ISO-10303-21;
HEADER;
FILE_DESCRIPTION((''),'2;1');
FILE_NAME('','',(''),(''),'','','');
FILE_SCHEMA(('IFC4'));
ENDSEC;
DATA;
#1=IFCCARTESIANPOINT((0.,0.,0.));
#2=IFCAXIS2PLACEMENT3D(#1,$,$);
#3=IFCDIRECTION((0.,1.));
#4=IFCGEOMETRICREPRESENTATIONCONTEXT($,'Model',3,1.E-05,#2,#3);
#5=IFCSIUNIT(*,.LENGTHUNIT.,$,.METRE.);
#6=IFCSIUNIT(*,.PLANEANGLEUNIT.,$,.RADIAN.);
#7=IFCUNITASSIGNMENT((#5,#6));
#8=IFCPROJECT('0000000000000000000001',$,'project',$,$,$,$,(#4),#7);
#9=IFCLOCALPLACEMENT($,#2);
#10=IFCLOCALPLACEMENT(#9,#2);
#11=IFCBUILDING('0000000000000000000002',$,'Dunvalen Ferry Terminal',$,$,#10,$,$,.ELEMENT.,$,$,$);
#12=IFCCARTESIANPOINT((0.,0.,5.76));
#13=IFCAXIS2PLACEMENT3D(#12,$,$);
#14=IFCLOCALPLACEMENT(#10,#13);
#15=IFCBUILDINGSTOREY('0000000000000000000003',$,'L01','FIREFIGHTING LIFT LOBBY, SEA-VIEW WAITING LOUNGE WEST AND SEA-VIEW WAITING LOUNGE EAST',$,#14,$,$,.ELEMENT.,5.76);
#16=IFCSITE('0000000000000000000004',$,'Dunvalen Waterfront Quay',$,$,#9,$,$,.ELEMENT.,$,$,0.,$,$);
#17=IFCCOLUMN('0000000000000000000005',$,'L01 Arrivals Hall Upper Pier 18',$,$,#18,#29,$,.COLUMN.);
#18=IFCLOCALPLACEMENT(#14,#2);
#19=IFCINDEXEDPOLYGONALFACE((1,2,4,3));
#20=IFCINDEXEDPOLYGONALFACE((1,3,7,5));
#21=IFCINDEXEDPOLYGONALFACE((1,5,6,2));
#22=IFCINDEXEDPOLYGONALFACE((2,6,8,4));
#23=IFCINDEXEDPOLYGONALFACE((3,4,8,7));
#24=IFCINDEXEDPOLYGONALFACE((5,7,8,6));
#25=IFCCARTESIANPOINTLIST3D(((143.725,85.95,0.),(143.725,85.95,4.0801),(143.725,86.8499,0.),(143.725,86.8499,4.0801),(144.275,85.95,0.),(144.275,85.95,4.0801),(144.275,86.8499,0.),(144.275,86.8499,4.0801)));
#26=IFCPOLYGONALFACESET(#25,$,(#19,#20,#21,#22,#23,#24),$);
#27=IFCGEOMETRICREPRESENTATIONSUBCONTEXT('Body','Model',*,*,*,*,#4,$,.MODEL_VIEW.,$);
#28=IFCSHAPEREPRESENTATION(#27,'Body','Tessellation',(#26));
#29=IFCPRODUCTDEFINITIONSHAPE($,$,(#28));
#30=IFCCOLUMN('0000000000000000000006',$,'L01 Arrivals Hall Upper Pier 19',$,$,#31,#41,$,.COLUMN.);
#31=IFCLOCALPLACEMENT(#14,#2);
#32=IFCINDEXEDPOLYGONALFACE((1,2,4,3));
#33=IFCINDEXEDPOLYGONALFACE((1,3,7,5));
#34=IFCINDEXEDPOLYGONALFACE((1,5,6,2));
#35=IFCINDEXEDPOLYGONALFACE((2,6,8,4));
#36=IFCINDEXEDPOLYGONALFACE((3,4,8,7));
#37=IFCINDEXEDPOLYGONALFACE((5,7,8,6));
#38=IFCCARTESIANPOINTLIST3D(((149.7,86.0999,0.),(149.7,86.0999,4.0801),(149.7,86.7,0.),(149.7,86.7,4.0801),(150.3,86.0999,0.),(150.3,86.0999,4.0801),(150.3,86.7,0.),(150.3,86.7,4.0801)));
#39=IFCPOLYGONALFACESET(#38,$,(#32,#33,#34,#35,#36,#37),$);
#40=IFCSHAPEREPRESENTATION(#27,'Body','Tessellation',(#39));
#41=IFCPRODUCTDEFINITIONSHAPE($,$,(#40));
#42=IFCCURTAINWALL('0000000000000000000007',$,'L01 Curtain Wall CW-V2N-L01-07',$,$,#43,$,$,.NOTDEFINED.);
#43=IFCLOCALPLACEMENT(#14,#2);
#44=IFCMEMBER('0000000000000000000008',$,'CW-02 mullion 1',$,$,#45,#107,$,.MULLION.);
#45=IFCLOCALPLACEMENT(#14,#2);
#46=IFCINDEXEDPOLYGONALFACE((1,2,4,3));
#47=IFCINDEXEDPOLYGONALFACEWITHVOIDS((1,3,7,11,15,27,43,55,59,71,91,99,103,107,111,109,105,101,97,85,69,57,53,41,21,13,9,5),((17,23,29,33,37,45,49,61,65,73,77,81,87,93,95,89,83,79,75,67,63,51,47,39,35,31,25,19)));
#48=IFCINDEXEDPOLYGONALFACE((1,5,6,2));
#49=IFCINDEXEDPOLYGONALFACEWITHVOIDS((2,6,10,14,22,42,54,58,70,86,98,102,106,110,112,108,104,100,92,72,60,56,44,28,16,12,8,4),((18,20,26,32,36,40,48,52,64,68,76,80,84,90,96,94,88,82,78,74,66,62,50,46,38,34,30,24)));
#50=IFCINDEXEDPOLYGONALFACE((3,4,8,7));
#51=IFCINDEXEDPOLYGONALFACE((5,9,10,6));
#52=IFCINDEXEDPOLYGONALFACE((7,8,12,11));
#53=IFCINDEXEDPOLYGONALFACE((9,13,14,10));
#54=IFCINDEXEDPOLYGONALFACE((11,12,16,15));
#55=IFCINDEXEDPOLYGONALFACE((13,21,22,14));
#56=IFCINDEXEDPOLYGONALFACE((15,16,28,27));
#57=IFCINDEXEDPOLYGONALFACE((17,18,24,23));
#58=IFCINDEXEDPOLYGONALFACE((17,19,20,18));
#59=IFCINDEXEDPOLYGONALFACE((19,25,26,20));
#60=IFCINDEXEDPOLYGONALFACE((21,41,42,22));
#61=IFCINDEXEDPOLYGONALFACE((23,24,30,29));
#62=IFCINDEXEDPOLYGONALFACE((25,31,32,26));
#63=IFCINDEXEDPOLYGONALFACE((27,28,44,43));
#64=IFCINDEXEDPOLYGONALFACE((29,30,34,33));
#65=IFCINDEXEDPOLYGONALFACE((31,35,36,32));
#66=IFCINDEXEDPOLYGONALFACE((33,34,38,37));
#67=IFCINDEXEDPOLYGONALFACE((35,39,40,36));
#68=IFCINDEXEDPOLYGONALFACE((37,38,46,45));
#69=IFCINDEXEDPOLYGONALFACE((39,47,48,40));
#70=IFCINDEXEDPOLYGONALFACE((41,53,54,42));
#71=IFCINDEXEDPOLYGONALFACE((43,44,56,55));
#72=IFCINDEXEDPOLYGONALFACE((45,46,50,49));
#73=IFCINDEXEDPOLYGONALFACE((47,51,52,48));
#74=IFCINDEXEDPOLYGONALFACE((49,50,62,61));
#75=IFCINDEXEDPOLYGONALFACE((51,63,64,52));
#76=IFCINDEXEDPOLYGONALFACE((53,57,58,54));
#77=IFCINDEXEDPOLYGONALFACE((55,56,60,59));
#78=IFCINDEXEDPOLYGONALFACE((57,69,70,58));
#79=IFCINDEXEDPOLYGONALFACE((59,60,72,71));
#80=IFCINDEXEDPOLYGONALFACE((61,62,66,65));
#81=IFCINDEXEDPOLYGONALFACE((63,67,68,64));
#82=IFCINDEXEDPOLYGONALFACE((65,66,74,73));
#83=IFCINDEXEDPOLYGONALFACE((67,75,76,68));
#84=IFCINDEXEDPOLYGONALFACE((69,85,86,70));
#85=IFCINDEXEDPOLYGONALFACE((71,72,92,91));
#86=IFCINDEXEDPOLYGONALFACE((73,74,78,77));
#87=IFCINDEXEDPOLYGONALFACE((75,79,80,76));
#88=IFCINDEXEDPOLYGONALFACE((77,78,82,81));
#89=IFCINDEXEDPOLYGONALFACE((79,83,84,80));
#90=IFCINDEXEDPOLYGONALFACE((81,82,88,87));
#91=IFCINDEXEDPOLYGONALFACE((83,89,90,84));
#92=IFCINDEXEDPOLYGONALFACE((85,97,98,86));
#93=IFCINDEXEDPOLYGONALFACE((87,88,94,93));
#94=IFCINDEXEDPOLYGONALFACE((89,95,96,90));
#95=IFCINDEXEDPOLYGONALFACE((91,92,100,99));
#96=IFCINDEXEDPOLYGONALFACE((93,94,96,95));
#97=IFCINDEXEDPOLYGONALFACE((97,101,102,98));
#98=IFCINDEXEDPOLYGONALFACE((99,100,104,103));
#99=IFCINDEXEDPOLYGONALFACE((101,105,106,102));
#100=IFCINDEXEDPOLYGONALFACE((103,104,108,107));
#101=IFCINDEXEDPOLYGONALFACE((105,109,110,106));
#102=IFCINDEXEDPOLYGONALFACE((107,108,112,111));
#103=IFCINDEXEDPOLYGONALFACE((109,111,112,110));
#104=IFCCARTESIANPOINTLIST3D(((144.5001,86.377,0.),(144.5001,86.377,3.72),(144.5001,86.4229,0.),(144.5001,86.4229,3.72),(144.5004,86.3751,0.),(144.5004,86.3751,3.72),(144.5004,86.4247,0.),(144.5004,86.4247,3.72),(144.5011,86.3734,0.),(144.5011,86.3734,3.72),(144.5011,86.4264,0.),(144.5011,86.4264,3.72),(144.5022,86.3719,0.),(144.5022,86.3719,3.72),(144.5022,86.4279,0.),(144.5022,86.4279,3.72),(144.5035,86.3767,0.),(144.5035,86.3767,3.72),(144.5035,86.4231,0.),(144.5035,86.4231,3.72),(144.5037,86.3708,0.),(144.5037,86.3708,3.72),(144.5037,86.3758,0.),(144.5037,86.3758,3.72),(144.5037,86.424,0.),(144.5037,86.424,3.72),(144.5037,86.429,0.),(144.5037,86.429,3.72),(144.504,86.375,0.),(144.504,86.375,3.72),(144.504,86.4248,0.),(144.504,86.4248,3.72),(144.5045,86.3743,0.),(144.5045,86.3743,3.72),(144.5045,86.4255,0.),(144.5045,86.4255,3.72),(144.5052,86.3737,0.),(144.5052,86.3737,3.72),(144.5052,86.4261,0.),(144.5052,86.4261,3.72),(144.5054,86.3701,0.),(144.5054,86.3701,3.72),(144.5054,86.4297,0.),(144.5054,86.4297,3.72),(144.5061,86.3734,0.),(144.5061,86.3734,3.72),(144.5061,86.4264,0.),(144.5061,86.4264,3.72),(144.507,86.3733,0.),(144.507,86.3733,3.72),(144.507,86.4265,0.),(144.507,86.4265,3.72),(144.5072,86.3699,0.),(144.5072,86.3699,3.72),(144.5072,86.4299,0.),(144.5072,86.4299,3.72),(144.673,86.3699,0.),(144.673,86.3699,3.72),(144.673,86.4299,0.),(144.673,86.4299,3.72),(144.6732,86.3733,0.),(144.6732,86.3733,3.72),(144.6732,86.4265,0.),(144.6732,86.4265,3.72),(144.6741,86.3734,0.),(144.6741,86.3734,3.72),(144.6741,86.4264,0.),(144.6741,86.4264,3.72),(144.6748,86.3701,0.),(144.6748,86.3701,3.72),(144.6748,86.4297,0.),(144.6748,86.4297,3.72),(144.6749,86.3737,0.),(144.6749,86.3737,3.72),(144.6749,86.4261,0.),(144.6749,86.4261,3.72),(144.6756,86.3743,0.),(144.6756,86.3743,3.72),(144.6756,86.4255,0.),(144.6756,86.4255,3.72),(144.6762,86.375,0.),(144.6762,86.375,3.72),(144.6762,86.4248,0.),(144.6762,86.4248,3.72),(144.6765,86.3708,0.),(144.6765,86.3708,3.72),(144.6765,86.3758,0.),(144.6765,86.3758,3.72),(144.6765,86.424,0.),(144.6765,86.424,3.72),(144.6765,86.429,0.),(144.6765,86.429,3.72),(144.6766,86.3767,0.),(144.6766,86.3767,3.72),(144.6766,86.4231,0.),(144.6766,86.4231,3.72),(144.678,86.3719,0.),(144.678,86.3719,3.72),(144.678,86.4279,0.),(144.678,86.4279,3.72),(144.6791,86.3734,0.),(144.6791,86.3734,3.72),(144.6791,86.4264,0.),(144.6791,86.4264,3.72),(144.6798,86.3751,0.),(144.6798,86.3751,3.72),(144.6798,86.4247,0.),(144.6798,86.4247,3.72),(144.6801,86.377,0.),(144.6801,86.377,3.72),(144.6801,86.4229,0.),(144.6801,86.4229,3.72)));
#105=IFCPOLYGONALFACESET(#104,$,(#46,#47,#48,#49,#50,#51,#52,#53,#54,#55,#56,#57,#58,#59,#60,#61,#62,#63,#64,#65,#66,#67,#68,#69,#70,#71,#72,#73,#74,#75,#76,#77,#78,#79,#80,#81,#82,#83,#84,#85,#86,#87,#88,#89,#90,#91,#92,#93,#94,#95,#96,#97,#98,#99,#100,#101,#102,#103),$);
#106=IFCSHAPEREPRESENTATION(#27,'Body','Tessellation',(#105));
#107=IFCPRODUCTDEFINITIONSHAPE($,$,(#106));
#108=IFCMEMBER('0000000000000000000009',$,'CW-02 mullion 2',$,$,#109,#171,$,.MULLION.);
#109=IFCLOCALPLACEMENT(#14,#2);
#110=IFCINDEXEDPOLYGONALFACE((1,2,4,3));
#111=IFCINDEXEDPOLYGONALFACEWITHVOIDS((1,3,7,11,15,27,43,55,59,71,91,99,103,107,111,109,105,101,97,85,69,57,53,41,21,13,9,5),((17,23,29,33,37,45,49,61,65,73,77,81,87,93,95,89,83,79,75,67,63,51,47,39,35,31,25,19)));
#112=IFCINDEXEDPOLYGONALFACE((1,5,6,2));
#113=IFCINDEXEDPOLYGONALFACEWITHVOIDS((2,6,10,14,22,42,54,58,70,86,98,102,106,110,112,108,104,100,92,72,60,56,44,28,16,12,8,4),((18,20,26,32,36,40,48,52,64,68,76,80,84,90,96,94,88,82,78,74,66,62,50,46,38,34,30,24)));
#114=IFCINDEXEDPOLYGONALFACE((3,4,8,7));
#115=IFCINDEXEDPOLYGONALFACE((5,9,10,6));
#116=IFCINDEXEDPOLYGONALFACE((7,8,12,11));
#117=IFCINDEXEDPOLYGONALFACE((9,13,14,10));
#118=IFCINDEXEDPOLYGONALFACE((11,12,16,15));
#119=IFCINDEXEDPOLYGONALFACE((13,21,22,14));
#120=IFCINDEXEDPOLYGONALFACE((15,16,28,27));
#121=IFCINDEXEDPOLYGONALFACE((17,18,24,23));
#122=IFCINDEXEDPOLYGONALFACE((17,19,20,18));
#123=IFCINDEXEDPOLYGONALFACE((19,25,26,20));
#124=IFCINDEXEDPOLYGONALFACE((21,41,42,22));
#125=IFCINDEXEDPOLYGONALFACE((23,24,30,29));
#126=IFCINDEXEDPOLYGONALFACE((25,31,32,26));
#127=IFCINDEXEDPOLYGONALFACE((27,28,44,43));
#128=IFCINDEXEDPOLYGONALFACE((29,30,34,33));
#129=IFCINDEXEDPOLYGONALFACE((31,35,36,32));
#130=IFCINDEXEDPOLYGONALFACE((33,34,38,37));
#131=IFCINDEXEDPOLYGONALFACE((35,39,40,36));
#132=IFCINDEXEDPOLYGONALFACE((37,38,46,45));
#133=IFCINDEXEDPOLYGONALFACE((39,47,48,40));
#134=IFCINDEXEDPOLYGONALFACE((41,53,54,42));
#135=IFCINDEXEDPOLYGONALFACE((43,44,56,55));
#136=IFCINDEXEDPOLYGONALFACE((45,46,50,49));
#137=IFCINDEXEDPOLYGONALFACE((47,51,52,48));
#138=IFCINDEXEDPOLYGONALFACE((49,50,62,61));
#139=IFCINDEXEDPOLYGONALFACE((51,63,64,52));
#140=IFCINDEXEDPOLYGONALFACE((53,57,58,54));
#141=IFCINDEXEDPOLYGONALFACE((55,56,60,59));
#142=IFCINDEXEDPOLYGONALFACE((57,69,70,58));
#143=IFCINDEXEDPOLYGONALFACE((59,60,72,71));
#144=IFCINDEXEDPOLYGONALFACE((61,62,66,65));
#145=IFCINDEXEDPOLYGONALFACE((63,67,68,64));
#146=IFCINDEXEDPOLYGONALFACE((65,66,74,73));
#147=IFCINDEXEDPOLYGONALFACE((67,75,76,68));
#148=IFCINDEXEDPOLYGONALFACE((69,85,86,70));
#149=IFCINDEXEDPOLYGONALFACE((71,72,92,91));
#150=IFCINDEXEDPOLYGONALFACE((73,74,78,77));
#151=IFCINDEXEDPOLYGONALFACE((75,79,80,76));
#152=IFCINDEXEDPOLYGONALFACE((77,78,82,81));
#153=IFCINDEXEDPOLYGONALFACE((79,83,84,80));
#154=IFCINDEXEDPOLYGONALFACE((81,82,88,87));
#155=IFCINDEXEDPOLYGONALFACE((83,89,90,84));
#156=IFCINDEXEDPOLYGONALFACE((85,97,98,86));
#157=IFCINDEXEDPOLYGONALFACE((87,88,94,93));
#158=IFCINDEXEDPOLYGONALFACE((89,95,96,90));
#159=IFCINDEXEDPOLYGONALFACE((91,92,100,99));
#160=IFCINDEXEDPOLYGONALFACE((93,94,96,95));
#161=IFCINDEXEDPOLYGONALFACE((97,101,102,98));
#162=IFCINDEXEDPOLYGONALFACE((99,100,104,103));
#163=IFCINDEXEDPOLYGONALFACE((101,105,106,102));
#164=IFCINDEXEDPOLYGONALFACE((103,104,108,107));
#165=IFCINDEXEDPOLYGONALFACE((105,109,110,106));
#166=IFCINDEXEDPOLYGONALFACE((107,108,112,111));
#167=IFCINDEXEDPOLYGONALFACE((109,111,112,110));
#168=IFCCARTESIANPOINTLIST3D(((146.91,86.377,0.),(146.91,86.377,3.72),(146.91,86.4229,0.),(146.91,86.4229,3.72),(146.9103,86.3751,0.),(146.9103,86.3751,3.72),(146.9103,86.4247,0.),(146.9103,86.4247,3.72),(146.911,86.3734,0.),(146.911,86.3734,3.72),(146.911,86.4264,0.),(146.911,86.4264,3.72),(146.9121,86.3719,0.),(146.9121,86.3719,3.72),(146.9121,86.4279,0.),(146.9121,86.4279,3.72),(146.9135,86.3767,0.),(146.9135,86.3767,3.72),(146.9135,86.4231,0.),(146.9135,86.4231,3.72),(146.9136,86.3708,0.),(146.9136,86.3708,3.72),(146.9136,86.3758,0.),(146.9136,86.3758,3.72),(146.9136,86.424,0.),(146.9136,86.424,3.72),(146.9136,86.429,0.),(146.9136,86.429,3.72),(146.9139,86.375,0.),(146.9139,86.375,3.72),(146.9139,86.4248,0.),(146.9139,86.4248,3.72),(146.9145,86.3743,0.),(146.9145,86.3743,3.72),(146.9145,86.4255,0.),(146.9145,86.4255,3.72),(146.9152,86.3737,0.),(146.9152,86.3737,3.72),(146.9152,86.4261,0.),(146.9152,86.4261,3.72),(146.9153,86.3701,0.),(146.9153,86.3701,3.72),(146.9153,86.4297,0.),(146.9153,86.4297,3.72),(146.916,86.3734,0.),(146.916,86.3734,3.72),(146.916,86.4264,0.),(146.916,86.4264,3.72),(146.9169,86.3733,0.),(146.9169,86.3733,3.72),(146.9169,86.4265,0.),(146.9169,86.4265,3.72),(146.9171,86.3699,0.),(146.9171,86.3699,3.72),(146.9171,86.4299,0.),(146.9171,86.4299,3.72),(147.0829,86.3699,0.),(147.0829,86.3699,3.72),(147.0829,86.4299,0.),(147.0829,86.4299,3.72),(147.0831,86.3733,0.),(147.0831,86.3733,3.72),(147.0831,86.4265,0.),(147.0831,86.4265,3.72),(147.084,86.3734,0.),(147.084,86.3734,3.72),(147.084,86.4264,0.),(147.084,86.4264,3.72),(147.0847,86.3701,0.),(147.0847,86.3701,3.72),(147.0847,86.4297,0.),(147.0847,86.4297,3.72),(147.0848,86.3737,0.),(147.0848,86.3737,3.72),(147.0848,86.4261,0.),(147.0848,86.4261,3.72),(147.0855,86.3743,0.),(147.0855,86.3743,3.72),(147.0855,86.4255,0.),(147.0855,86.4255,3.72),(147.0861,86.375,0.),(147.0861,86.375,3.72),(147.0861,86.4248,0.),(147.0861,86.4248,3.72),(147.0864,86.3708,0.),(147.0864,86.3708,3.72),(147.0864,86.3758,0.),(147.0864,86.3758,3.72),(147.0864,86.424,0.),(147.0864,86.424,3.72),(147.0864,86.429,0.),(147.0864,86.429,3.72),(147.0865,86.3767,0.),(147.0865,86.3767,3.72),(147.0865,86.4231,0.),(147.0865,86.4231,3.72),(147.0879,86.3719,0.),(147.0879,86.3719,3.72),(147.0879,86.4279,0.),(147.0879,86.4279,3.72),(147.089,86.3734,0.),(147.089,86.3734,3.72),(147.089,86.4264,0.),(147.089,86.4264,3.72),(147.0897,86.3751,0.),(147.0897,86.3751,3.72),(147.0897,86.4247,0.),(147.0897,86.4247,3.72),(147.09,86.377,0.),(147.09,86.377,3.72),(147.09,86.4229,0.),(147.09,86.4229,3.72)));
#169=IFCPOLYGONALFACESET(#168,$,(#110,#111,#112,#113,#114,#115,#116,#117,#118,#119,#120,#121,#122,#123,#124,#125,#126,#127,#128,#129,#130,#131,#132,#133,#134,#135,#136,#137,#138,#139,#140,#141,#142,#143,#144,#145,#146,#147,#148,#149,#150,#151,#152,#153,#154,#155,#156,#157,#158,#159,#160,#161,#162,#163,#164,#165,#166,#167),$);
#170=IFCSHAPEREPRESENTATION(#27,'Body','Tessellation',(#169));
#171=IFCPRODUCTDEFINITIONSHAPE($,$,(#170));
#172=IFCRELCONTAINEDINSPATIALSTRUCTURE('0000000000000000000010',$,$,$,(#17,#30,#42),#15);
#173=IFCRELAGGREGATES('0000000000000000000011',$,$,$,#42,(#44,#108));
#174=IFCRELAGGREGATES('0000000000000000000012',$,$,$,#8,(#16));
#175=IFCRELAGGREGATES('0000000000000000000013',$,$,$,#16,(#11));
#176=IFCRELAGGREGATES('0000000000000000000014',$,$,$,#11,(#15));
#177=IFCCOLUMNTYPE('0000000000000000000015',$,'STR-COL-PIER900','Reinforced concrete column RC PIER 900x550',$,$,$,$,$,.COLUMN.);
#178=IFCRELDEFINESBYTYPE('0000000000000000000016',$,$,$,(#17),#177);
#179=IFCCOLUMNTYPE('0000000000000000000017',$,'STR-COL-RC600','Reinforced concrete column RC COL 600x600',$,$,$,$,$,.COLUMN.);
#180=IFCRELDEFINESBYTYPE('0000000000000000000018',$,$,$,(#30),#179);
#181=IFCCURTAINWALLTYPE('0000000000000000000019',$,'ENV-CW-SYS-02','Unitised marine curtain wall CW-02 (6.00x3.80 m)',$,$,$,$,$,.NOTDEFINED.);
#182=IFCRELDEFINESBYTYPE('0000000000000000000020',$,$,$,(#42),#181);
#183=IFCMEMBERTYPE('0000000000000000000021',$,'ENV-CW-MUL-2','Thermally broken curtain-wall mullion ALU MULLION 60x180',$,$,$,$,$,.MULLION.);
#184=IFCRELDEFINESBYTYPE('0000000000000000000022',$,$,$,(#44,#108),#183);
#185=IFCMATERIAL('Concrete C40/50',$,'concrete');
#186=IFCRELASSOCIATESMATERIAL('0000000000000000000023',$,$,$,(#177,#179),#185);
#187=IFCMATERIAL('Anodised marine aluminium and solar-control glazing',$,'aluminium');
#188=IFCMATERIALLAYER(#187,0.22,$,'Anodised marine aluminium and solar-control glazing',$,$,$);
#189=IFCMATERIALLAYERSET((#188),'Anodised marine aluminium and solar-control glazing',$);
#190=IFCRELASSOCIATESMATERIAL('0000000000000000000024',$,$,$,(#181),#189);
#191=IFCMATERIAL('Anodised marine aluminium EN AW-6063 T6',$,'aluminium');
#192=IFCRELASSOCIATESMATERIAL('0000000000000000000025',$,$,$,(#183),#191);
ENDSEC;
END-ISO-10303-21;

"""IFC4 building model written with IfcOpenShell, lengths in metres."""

from ifc_helpers import new_model, si_unit, direction, frame, origin, origin_2d, place, context, subcontext, project, spatial, rectangle, hollow_rectangle, extrude, material, layer, layer_set, material_profile, profile_set, type_object, element, aggregate, save


model = new_model("IFC4")

# Units and contexts
model_context = context("Model", 3, precision=1e-05, world=origin(), true_north=direction((0.0, 1.0)))
body_context = subcontext(model_context, "Body", "Model", "MODEL_VIEW")
ifc_project = project(units=[si_unit("LENGTHUNIT", "METRE"), si_unit("PLANEANGLEUNIT", "RADIAN")], contexts=[model_context])

# Site, building, storey
site_placement = place(None, origin())
site = spatial("IfcSite", under=ifc_project, at=site_placement, Name="Dunvalen Waterfront Quay", CompositionType="ELEMENT", RefElevation=0.0)
building_placement = place(site_placement, origin())
building = spatial("IfcBuilding", under=site, at=building_placement, Name="Dunvalen Ferry Terminal", CompositionType="ELEMENT")
storey_placement = place(building_placement, frame((0.0, 0.0, 5.76)))
storey = spatial("IfcBuildingStorey", under=building, at=storey_placement, Name="L01", Description="FIREFIGHTING LIFT LOBBY, SEA-VIEW WAITING LOUNGE WEST AND SEA-VIEW WAITING LOUNGE EAST", CompositionType="ELEMENT", Elevation=5.76)

# Columns
ifc_material_1 = material(Name="Concrete C40/50", Category="concrete")
ifc_material_profile_1 = material_profile(ifc_material_1, rectangle(XDim=0.55, YDim=0.8999, at=origin_2d()), Name="Concrete C40/50")
ifc_profile_set_1 = profile_set([ifc_material_profile_1], Name="Concrete C40/50")
column_type_1 = type_object("IfcColumnType", Name="STR-COL-PIER900", Description="Reinforced concrete column RC PIER 900x550", PredefinedType="COLUMN", material=ifc_profile_set_1)
column_1_placement = place(storey_placement, frame((144.0, 86.3999, 0.0), z_axis=(0.0, 0.0, 1.0), x_axis=(1.0, 0.0, 0.0)))
element("IfcColumn", 1, at=column_1_placement, inside=storey, type_object=column_type_1, Name="L01 Arrivals Hall Upper Pier 18", PredefinedType="COLUMN", context=body_context, shape_type="SweptSolid", body=[
    extrude(rectangle(XDim=0.55, YDim=0.8999, at=origin_2d()), origin(), (0.0, 0.0, 1.0), 4.0801),
])
ifc_material_profile_2 = material_profile(ifc_material_1, rectangle(XDim=0.6001, YDim=0.6001, at=origin_2d()), Name="Concrete C40/50")
ifc_profile_set_2 = profile_set([ifc_material_profile_2], Name="Concrete C40/50")
column_type_2 = type_object("IfcColumnType", Name="STR-COL-RC600", Description="Reinforced concrete column RC COL 600x600", PredefinedType="COLUMN", material=ifc_profile_set_2)
column_2_placement = place(storey_placement, frame((150.0, 86.3999, 0.0), z_axis=(0.0, 0.0, 1.0), x_axis=(1.0, 0.0, 0.0)))
element("IfcColumn", 2, at=column_2_placement, inside=storey, type_object=column_type_2, Name="L01 Arrivals Hall Upper Pier 19", PredefinedType="COLUMN", context=body_context, shape_type="SweptSolid", body=[
    extrude(rectangle(XDim=0.6001, YDim=0.6001, at=origin_2d()), origin(), (0.0, 0.0, 1.0), 4.0801),
])

# Curtain wall, members
ifc_material_2 = material(Name="Anodised marine aluminium and solar-control glazing", Category="aluminium")
ifc_layer_1 = layer(ifc_material_2, 0.22, Name="Anodised marine aluminium and solar-control glazing")
ifc_layer_set_1 = layer_set([ifc_layer_1], Name="Anodised marine aluminium and solar-control glazing")
curtain_wall_type = type_object("IfcCurtainWallType", Name="ENV-CW-SYS-02", Description="Unitised marine curtain wall CW-02 (6.00x3.80 m)", PredefinedType="NOTDEFINED", material=ifc_layer_set_1)
curtain_wall_1_placement = place(storey_placement, origin())
curtain_wall_1 = element("IfcCurtainWall", 3, at=curtain_wall_1_placement, inside=storey, type_object=curtain_wall_type, Name="L01 Curtain Wall CW-V2N-L01-07", PredefinedType="NOTDEFINED")
ifc_material_3 = material(Name="Anodised marine aluminium EN AW-6063 T6", Category="aluminium")
ifc_material_profile_3 = material_profile(ifc_material_3, hollow_rectangle(XDim=0.0601, YDim=0.1799, WallThickness=0.0034, InnerFilletRadius=0.0034, OuterFilletRadius=0.0071, at=origin_2d()), Name="Anodised marine aluminium EN AW-6063 T6")
ifc_profile_set_3 = profile_set([ifc_material_profile_3], Name="Anodised marine aluminium EN AW-6063 T6")
member_type_1 = type_object("IfcMemberType", Name="ENV-CW-MUL-2", Description="Thermally broken curtain-wall mullion ALU MULLION 60x180", PredefinedType="MULLION", material=ifc_profile_set_3)
member_1_placement = place(storey_placement, frame((144.5901, 86.3999, 0.0), z_axis=(0.0, 0.0, 1.0), x_axis=(0.0, 1.0, 0.0)))
member_1 = element("IfcMember", 4, at=member_1_placement, type_object=member_type_1, Name="CW-02 mullion 1", PredefinedType="MULLION", context=body_context, shape_type="SweptSolid", body=[
    extrude(hollow_rectangle(XDim=0.0601, YDim=0.1799, WallThickness=0.0034, InnerFilletRadius=0.0034, OuterFilletRadius=0.0071, at=origin_2d()), origin(), (0.0, 0.0, 1.0), 3.72),
])
member_2_placement = place(storey_placement, frame((147.0, 86.3999, 0.0), z_axis=(0.0, 0.0, 1.0), x_axis=(0.0, 1.0, 0.0)))
member_2 = element("IfcMember", 5, at=member_2_placement, type_object=member_type_1, Name="CW-02 mullion 2", PredefinedType="MULLION", context=body_context, shape_type="SweptSolid", body=[
    extrude(hollow_rectangle(XDim=0.0601, YDim=0.1799, WallThickness=0.0034, InnerFilletRadius=0.0034, OuterFilletRadius=0.0071, at=origin_2d()), origin(), (0.0, 0.0, 1.0), 3.72),
])

aggregate(curtain_wall_1, [member_1, member_2])

save(model, "model.ifc")
